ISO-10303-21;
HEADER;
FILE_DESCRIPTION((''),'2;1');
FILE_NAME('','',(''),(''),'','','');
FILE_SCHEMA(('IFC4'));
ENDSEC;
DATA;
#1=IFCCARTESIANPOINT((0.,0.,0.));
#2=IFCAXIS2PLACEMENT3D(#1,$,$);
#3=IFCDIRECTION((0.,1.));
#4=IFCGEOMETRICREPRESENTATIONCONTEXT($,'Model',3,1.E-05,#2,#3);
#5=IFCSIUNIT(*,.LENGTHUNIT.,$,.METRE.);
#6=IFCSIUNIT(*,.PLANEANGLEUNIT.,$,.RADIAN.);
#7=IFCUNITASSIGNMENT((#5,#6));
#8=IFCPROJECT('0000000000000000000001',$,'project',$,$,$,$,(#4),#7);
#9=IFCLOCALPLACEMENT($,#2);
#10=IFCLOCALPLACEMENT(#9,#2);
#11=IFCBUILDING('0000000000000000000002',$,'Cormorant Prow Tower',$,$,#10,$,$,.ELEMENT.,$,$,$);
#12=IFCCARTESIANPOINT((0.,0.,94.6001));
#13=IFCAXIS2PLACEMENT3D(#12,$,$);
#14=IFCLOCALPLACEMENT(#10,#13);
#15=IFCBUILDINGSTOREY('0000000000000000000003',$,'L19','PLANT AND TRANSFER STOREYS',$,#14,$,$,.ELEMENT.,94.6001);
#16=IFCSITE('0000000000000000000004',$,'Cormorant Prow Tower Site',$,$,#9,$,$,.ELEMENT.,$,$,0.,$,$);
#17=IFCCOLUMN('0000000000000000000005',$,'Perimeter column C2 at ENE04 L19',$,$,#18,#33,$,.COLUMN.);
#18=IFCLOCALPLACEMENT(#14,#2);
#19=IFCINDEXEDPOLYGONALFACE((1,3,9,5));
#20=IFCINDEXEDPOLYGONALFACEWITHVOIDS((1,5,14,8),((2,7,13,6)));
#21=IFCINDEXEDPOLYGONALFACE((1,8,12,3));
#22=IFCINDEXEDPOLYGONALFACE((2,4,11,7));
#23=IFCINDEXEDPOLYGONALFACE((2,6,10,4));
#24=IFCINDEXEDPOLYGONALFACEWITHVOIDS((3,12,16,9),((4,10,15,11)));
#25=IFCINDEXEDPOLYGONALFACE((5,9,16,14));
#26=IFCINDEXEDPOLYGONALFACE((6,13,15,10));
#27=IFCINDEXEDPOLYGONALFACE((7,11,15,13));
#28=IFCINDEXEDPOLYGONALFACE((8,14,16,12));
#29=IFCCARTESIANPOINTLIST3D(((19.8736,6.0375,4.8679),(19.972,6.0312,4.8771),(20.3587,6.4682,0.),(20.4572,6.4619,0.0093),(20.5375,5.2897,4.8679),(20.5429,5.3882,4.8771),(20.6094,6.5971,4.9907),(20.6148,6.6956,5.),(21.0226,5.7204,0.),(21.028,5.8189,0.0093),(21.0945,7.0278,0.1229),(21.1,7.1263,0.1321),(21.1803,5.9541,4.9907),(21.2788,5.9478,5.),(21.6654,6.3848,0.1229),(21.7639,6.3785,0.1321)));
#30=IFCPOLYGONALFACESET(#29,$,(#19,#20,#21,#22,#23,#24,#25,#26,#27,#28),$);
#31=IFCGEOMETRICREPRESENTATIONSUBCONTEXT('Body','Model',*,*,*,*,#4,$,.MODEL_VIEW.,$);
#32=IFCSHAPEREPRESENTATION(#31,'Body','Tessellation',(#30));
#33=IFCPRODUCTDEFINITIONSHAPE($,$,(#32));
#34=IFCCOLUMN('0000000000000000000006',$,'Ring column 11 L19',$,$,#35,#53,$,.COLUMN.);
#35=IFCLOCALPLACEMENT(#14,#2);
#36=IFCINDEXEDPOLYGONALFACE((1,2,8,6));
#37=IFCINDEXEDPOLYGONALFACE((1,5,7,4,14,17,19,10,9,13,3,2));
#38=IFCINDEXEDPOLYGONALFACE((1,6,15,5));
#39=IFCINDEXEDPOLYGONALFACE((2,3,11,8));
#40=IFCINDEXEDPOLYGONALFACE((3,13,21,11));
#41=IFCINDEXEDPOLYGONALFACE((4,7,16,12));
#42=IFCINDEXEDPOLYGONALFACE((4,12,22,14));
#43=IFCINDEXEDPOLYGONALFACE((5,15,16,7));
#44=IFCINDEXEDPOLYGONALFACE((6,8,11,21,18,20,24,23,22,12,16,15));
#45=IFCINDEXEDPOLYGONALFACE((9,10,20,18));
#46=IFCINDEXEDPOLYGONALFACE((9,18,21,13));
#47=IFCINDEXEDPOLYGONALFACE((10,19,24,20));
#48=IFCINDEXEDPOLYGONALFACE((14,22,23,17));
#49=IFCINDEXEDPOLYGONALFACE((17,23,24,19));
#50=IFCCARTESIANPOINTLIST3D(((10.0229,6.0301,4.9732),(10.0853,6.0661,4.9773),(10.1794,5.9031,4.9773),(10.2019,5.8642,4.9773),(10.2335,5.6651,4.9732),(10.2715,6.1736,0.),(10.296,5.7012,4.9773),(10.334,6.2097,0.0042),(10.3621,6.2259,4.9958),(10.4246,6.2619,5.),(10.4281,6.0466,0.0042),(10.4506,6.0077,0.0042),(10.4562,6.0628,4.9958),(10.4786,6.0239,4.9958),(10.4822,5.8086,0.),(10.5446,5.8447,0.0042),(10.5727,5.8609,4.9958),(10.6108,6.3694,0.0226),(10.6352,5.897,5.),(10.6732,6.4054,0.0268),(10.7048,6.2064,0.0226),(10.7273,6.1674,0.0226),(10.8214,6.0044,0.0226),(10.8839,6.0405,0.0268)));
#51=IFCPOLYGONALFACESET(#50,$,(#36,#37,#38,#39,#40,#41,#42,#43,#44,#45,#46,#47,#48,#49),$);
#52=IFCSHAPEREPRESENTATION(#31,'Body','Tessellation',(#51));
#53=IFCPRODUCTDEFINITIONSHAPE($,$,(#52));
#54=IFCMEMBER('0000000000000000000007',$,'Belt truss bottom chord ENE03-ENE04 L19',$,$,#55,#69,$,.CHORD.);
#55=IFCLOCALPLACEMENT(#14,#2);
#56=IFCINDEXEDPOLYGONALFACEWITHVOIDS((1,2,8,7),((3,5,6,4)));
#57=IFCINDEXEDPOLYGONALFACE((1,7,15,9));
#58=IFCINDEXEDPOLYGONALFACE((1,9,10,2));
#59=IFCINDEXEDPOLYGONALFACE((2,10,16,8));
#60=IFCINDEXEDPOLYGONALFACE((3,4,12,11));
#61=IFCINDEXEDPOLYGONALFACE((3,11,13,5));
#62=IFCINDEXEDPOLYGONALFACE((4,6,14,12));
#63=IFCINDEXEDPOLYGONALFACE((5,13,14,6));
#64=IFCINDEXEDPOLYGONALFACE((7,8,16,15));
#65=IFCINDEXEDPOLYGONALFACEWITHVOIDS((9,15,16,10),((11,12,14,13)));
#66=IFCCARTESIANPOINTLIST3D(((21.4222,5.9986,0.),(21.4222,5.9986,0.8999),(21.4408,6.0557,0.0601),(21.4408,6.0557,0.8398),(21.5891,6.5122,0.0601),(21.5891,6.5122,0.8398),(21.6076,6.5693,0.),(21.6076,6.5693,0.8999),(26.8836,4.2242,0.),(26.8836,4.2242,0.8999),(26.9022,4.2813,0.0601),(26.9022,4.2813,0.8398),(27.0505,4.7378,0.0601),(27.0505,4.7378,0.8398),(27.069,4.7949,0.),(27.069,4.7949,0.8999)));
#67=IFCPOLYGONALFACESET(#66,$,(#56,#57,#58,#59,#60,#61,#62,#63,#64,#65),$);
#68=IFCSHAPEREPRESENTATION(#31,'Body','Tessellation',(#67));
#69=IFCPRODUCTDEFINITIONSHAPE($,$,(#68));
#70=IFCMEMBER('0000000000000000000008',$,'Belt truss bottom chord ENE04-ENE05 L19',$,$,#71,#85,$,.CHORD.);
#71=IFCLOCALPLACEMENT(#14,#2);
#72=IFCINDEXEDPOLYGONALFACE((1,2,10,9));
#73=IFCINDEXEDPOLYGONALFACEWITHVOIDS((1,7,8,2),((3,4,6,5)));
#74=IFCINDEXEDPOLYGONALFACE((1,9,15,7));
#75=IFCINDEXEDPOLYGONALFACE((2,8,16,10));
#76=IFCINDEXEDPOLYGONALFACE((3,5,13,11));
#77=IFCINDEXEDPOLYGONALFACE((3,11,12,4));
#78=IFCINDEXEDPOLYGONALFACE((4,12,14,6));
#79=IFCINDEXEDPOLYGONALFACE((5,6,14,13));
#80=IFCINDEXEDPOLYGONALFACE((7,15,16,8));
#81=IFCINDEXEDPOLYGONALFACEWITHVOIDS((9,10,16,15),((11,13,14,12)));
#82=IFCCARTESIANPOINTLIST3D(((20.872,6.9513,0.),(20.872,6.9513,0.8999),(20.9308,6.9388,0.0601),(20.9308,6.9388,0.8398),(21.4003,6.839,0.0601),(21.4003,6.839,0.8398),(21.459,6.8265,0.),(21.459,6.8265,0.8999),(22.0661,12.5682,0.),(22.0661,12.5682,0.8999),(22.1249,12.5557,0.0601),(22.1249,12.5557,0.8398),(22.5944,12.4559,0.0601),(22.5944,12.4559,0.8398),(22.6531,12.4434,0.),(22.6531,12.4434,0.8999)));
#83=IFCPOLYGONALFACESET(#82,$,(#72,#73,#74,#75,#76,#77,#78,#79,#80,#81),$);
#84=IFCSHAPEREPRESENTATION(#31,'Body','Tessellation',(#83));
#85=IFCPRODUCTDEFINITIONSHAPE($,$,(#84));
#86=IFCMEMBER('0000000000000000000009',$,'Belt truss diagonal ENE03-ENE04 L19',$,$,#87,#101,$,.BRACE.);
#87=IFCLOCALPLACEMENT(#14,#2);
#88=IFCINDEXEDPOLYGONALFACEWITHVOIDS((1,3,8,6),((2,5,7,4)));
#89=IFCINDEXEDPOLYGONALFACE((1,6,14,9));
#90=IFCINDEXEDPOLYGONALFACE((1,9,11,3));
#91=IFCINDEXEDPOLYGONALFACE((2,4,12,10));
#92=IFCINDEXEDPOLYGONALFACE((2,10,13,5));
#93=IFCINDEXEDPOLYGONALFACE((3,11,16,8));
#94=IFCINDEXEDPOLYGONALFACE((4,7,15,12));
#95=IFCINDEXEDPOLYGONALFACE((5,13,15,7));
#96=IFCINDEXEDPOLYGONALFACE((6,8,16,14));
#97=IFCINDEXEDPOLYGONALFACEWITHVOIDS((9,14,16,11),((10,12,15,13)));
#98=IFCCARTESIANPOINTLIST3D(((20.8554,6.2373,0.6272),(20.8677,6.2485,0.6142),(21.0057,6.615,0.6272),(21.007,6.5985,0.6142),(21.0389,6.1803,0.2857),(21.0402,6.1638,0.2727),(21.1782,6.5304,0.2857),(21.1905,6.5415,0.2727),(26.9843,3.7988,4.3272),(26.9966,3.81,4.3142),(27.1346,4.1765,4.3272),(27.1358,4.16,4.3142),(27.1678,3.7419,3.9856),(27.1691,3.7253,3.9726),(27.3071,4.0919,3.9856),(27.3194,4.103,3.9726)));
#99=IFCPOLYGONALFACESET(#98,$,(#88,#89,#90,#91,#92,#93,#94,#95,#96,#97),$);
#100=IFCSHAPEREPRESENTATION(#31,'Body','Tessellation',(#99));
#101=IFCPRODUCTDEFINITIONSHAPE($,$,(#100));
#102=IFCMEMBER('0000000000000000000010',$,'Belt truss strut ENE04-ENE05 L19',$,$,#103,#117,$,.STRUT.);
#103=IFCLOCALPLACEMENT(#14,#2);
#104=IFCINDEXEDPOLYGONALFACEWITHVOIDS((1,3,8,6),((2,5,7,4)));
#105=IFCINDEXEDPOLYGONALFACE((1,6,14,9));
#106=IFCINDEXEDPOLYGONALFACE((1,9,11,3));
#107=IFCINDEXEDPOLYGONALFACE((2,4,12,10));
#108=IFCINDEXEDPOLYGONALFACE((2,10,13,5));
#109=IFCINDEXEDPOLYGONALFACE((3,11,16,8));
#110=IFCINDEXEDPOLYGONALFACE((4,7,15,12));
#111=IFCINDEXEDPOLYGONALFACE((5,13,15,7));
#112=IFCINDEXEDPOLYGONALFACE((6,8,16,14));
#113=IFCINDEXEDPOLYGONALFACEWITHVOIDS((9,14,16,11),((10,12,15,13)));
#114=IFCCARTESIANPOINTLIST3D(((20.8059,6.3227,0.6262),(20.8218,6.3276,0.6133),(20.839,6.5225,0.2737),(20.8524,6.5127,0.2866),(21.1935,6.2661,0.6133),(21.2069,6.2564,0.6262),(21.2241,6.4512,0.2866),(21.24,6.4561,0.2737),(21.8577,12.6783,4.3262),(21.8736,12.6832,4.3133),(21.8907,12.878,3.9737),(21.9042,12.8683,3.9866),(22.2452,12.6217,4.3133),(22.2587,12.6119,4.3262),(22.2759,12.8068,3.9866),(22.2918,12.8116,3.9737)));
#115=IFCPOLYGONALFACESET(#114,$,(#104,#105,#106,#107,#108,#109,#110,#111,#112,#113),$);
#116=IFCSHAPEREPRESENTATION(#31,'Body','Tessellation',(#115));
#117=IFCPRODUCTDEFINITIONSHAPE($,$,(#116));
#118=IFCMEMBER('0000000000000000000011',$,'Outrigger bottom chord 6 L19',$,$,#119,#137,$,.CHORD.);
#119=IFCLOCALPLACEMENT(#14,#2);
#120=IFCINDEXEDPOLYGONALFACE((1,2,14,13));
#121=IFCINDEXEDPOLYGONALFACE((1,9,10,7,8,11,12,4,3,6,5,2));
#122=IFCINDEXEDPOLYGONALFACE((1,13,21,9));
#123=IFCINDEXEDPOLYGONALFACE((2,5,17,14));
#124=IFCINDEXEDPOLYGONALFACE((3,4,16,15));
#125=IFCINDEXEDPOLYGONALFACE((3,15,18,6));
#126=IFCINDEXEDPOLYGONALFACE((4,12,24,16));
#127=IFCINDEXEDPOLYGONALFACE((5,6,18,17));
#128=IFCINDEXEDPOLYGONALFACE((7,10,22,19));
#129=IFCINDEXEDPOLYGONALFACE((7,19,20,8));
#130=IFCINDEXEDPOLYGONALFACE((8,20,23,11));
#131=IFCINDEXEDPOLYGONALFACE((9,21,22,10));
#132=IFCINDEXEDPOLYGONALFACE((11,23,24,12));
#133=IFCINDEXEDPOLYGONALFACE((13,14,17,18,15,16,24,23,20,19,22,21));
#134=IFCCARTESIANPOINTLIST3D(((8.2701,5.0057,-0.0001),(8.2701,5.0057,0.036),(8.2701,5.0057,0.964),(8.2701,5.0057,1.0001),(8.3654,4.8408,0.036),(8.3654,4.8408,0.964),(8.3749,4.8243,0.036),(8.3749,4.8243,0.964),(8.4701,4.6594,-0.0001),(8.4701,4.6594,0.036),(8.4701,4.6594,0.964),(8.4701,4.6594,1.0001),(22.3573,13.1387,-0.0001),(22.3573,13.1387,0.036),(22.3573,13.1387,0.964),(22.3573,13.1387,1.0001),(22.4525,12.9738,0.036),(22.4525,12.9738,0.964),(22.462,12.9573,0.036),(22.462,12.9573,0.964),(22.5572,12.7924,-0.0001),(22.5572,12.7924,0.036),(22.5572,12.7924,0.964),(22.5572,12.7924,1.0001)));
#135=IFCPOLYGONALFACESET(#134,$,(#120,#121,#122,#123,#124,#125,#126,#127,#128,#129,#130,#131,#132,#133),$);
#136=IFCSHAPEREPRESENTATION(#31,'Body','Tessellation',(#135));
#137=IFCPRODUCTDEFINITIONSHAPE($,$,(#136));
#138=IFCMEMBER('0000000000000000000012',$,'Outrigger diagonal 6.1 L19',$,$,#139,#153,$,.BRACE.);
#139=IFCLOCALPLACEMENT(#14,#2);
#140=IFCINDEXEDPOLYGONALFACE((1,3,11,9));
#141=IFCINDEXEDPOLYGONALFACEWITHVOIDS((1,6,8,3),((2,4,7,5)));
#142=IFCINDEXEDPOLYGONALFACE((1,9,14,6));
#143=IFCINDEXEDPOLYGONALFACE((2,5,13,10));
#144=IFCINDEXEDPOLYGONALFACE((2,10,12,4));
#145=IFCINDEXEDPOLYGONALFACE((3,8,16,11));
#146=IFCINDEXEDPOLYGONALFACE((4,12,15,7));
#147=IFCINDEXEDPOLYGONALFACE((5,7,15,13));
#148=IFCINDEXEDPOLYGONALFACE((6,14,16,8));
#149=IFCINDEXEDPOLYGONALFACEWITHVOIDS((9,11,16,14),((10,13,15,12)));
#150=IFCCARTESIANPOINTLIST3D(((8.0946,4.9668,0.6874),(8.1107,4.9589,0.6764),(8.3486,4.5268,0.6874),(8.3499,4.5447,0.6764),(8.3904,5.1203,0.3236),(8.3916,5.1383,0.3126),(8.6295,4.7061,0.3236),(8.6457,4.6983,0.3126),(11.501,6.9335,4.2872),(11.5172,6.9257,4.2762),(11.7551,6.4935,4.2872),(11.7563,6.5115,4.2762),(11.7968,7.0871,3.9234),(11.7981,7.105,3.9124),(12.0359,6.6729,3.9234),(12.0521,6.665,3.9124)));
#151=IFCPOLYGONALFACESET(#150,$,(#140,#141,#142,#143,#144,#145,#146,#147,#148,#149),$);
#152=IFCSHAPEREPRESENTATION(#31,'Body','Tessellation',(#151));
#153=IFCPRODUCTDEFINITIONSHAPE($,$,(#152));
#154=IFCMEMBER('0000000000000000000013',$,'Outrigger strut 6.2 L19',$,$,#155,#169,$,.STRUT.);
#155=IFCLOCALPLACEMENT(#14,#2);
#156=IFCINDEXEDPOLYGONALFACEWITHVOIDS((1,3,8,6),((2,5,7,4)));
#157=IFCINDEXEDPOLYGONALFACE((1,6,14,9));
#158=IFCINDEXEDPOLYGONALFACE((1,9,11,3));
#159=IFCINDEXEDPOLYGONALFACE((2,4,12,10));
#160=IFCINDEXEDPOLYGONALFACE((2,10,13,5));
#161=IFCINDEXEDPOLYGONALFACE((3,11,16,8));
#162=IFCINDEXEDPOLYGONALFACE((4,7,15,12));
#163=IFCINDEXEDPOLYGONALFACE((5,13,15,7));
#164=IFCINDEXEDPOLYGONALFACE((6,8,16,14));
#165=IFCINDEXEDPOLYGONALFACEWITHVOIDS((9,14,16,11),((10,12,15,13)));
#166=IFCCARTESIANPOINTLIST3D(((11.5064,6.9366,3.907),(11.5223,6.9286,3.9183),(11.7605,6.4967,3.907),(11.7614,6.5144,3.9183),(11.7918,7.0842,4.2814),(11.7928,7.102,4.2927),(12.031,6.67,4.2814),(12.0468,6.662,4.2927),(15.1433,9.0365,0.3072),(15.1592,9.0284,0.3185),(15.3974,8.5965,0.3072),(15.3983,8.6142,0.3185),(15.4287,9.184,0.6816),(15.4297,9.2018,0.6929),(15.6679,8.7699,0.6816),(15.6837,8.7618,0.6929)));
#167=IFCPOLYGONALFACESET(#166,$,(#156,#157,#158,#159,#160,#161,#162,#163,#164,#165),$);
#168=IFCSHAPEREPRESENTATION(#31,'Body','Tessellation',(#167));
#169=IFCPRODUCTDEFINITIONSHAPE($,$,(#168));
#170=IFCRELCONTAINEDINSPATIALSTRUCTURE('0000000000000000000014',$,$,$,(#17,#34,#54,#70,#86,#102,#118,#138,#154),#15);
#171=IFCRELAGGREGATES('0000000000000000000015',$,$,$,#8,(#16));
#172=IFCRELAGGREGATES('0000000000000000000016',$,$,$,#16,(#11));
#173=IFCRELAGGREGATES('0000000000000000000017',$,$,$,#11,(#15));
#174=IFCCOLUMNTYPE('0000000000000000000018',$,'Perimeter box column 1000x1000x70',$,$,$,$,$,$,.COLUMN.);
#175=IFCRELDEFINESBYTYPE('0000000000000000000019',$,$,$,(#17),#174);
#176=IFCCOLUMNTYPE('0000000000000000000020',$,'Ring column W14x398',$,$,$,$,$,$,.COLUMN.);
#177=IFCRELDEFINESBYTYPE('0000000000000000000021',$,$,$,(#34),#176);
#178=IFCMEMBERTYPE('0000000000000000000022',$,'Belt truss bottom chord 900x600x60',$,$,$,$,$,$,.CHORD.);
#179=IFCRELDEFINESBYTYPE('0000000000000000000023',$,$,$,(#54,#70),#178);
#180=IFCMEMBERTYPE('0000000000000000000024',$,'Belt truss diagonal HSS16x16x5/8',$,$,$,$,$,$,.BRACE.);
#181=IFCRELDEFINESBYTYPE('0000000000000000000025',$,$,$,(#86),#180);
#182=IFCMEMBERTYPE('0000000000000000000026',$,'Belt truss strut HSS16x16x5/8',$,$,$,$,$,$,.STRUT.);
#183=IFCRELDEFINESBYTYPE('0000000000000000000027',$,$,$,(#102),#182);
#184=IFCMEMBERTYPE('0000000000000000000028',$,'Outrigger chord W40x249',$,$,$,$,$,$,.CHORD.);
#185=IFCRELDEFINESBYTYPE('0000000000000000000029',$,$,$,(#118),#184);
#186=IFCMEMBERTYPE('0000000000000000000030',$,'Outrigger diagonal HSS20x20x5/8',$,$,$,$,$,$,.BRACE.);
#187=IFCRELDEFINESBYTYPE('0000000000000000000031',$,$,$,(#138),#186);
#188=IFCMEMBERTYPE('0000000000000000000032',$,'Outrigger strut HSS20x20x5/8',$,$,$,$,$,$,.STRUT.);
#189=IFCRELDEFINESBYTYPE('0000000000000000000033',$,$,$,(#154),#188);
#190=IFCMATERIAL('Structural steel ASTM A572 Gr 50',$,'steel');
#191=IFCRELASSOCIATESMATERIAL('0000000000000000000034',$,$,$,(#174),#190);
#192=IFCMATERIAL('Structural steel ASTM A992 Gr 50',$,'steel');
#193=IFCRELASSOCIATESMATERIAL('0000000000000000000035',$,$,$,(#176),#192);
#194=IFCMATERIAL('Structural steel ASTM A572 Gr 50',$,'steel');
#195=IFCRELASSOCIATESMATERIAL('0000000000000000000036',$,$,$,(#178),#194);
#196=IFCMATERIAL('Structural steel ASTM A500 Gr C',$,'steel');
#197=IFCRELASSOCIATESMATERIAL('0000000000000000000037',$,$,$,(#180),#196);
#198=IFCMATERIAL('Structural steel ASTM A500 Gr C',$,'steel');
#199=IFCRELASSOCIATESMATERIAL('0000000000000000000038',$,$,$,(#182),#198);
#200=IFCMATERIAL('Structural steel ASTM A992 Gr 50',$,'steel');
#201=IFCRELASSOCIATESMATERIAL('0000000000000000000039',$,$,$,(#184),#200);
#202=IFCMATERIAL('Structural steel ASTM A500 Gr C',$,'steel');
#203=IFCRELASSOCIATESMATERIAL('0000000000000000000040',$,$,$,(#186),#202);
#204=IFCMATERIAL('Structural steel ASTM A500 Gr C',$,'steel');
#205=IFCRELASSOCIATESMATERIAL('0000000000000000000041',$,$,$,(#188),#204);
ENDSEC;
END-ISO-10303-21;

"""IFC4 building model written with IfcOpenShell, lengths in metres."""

from ifc_helpers import new_model, si_unit, direction, frame, origin, origin_2d, place, context, subcontext, project, spatial, hollow_rectangle, i_section, extrude, material, material_profile, profile_set, type_object, element, save


model = new_model("IFC4")

# Units and contexts
model_context = context("Model", 3, precision=1e-05, world=origin(), true_north=direction((0.0, 1.0)))
body_context = subcontext(model_context, "Body", "Model", "MODEL_VIEW")
ifc_project = project(units=[si_unit("LENGTHUNIT", "METRE"), si_unit("PLANEANGLEUNIT", "RADIAN")], contexts=[model_context])

# Site, building, storey
site_placement = place(None, origin())
site = spatial("IfcSite", under=ifc_project, at=site_placement, Name="Cormorant Prow Tower Site", CompositionType="ELEMENT", RefElevation=0.0)
building_placement = place(site_placement, origin())
building = spatial("IfcBuilding", under=site, at=building_placement, Name="Cormorant Prow Tower", CompositionType="ELEMENT")
storey_placement = place(building_placement, frame((0.0, 0.0, 94.6001)))
storey = spatial("IfcBuildingStorey", under=building, at=storey_placement, Name="L19", Description="PLANT AND TRANSFER STOREYS", CompositionType="ELEMENT", Elevation=94.6001)

# Columns
ifc_material_1 = material(Name="Structural steel ASTM A572 Gr 50", Category="steel")
ifc_material_profile_1 = material_profile(ifc_material_1, hollow_rectangle(XDim=1.0, YDim=1.0, WallThickness=0.0701, at=origin_2d()), Name="Box 1000x1000x70")
ifc_profile_set_1 = profile_set([ifc_material_profile_1], Name="Structural steel ASTM A572 Gr 50")
column_type_1 = type_object("IfcColumnType", Name="Perimeter box column 1000x1000x70", PredefinedType="COLUMN", material=ifc_profile_set_1)
column_1_placement = place(storey_placement, frame((21.0679, 6.4292, 0.0), z_axis=(-0.098785, -0.087701, 0.991237), x_axis=(0.663909, -0.747813, 0.0)))
element("IfcColumn", 1, at=column_1_placement, inside=storey, type_object=column_type_1, Name="Perimeter column C2 at ENE04 L19", PredefinedType="COLUMN", context=body_context, shape_type="SweptSolid", body=[
    extrude(hollow_rectangle(XDim=1.0, YDim=1.0, WallThickness=0.0701, at=origin_2d()), frame((0.0, 0.0, 0.0667)), (0.0, 0.0, 1.0), 4.9109),
])
ifc_material_2 = material(Name="Structural steel ASTM A992 Gr 50", Category="steel")
ifc_material_profile_2 = material_profile(ifc_material_2, i_section(OverallWidth=0.4214, OverallDepth=0.4646, WebThickness=0.0449, FlangeThickness=0.0723, at=origin_2d()), Name="W14x398")
ifc_profile_set_2 = profile_set([ifc_material_profile_2], Name="Structural steel ASTM A992 Gr 50")
column_type_2 = type_object("IfcColumnType", Name="Ring column W14x398", PredefinedType="COLUMN", material=ifc_profile_set_2)
column_2_placement = place(storey_placement, frame((10.5784, 6.1074, 0.0), z_axis=(-0.049917, -0.028809, 0.998338), x_axis=(0.499869, -0.866101, 0.0)))
element("IfcColumn", 2, at=column_2_placement, inside=storey, type_object=column_type_2, Name="Ring column 11 L19", PredefinedType="COLUMN", context=body_context, shape_type="SweptSolid", body=[
    extrude(i_section(OverallWidth=0.4214, OverallDepth=0.4646, WebThickness=0.0449, FlangeThickness=0.0723, at=origin_2d()), frame((0.0, 0.0, 0.0134)), (0.0, 0.0, 1.0), 4.9814),
])

# Members
ifc_material_3 = material(Name="Structural steel ASTM A572 Gr 50", Category="steel")
ifc_material_profile_3 = material_profile(ifc_material_3, hollow_rectangle(XDim=0.6001, YDim=0.8999, WallThickness=0.0601, at=origin_2d()), Name="Box 900x600x60")
ifc_profile_set_3 = profile_set([ifc_material_profile_3], Name="Structural steel ASTM A572 Gr 50")
member_type_1 = type_object("IfcMemberType", Name="Belt truss bottom chord 900x600x60", PredefinedType="CHORD", material=ifc_profile_set_3)
for number, where, z_axis, x_axis, name in (
    (3, (26.9763, 4.5095, 0.45), (-0.951062, 0.309, 0.0), (-0.309, -0.951062, 0.0), "Belt truss bottom chord ENE03-ENE04 L19"),
    (4, (21.1655, 6.8889, 0.45), (0.207941, 0.978141, 0.0), (-0.978141, 0.207941, 0.0), "Belt truss bottom chord ENE04-ENE05 L19"),
):
    element("IfcMember", number, at=place(storey_placement, frame(where, z_axis=z_axis, x_axis=x_axis)), inside=storey, type_object=member_type_1, Name=name, PredefinedType="CHORD", context=body_context, shape_type="SweptSolid", body=[
        extrude(hollow_rectangle(XDim=0.6001, YDim=0.8999, WallThickness=0.0601, at=origin_2d()), origin(), (0.0, 0.0, 1.0), 5.7424),
    ])
ifc_material_4 = material(Name="Structural steel ASTM A500 Gr C", Category="steel")
ifc_material_profile_4 = material_profile(ifc_material_4, hollow_rectangle(XDim=0.4065, YDim=0.4065, WallThickness=0.0149, at=origin_2d()), Name="HSS16x16x5/8")
ifc_profile_set_4 = profile_set([ifc_material_profile_4], Name="Structural steel ASTM A500 Gr C")
member_type_2 = type_object("IfcMemberType", Name="Belt truss diagonal HSS16x16x5/8", PredefinedType="BRACE", material=ifc_profile_set_4)
member_1_placement = place(storey_placement, frame((21.0229, 6.3894, 0.45), z_axis=(0.810378, -0.322421, 0.489216), x_axis=(0.36968, 0.929159, 0.0)))
element("IfcMember", 5, at=member_1_placement, inside=storey, type_object=member_type_2, Name="Belt truss diagonal ENE03-ENE04 L19", PredefinedType="BRACE", context=body_context, shape_type="SweptSolid", body=[
    extrude(hollow_rectangle(XDim=0.4065, YDim=0.4065, WallThickness=0.0149, at=origin_2d()), origin(), (0.0, 0.0, 1.0), 7.563),
])
ifc_material_5 = material(Name="Structural steel ASTM A500 Gr C", Category="steel")
ifc_material_profile_5 = material_profile(ifc_material_5, hollow_rectangle(XDim=0.4065, YDim=0.4065, WallThickness=0.0149, at=origin_2d()), Name="HSS16x16x5/8")
ifc_profile_set_5 = profile_set([ifc_material_profile_5], Name="Structural steel ASTM A500 Gr C")
member_type_3 = type_object("IfcMemberType", Name="Belt truss strut HSS16x16x5/8", PredefinedType="STRUT", material=ifc_profile_set_5)
member_2_placement = place(storey_placement, frame((21.0229, 6.3894, 0.45), z_axis=(0.141577, 0.855512, 0.498052), x_axis=(-0.986582, 0.163268, 0.0)))
element("IfcMember", 6, at=member_2_placement, inside=storey, type_object=member_type_3, Name="Belt truss strut ENE04-ENE05 L19", PredefinedType="STRUT", context=body_context, shape_type="SweptSolid", body=[
    extrude(hollow_rectangle(XDim=0.4065, YDim=0.4065, WallThickness=0.0149, at=origin_2d()), origin(), (0.0, 0.0, 1.0), 7.429),
])
ifc_material_6 = material(Name="Structural steel ASTM A992 Gr 50", Category="steel")
ifc_material_profile_6 = material_profile(ifc_material_6, i_section(OverallWidth=0.3999, OverallDepth=1.0002, WebThickness=0.019, FlangeThickness=0.0361, at=origin_2d()), Name="W40x249")
ifc_profile_set_6 = profile_set([ifc_material_profile_6], Name="Structural steel ASTM A992 Gr 50")
member_type_4 = type_object("IfcMemberType", Name="Outrigger chord W40x249", PredefinedType="CHORD", material=ifc_profile_set_6)
member_3_placement = place(storey_placement, frame((8.3701, 4.8325, 0.5), z_axis=(0.86603, 0.499992, 0.0), x_axis=(-0.499992, 0.86603, 0.0)))
element("IfcMember", 7, at=member_3_placement, inside=storey, type_object=member_type_4, Name="Outrigger bottom chord 6 L19", PredefinedType="CHORD", context=body_context, shape_type="SweptSolid", body=[
    extrude(i_section(OverallWidth=0.3999, OverallDepth=1.0002, WebThickness=0.019, FlangeThickness=0.0361, at=origin_2d()), origin(), (0.0, 0.0, 1.0), 16.2664),
])
ifc_material_7 = material(Name="Structural steel ASTM A500 Gr C", Category="steel")
ifc_material_profile_7 = material_profile(ifc_material_7, hollow_rectangle(XDim=0.5081, YDim=0.5081, WallThickness=0.0149, at=origin_2d()), Name="HSS20x20x5/8")
ifc_profile_set_7 = profile_set([ifc_material_profile_7], Name="Structural steel ASTM A500 Gr C")
member_type_5 = type_object("IfcMemberType", Name="Outrigger diagonal HSS20x20x5/8", PredefinedType="BRACE", material=ifc_profile_set_7)
member_4_placement = place(storey_placement, frame((8.3701, 4.8325, 0.5), z_axis=(0.638864, 0.368859, 0.675127), x_axis=(-0.500011, 0.866019, 0.0)))
element("IfcMember", 8, at=member_4_placement, inside=storey, type_object=member_type_5, Name="Outrigger diagonal 6.1 L19", PredefinedType="BRACE", context=body_context, shape_type="SweptSolid", body=[
    extrude(hollow_rectangle(XDim=0.5081, YDim=0.5081, WallThickness=0.0149, at=origin_2d()), origin(), (0.0, 0.0, 1.0), 5.332),
])
ifc_material_8 = material(Name="Structural steel ASTM A500 Gr C", Category="steel")
ifc_material_profile_8 = material_profile(ifc_material_8, hollow_rectangle(XDim=0.5081, YDim=0.5081, WallThickness=0.0149, at=origin_2d()), Name="HSS20x20x5/8")
ifc_profile_set_8 = profile_set([ifc_material_profile_8], Name="Structural steel ASTM A500 Gr C")
member_type_6 = type_object("IfcMemberType", Name="Outrigger strut HSS20x20x5/8", PredefinedType="STRUT", material=ifc_profile_set_8)
member_5_placement = place(storey_placement, frame((11.7766, 6.7993, 4.0999), z_axis=(0.657518, 0.379628, -0.650809), x_axis=(-0.500009, 0.86602, 0.0)))
element("IfcMember", 9, at=member_5_placement, inside=storey, type_object=member_type_6, Name="Outrigger strut 6.2 L19", PredefinedType="STRUT", context=body_context, shape_type="SweptSolid", body=[
    extrude(hollow_rectangle(XDim=0.5081, YDim=0.5081, WallThickness=0.0149, at=origin_2d()), origin(), (0.0, 0.0, 1.0), 5.5312),
])

save(model, "model.ifc")
